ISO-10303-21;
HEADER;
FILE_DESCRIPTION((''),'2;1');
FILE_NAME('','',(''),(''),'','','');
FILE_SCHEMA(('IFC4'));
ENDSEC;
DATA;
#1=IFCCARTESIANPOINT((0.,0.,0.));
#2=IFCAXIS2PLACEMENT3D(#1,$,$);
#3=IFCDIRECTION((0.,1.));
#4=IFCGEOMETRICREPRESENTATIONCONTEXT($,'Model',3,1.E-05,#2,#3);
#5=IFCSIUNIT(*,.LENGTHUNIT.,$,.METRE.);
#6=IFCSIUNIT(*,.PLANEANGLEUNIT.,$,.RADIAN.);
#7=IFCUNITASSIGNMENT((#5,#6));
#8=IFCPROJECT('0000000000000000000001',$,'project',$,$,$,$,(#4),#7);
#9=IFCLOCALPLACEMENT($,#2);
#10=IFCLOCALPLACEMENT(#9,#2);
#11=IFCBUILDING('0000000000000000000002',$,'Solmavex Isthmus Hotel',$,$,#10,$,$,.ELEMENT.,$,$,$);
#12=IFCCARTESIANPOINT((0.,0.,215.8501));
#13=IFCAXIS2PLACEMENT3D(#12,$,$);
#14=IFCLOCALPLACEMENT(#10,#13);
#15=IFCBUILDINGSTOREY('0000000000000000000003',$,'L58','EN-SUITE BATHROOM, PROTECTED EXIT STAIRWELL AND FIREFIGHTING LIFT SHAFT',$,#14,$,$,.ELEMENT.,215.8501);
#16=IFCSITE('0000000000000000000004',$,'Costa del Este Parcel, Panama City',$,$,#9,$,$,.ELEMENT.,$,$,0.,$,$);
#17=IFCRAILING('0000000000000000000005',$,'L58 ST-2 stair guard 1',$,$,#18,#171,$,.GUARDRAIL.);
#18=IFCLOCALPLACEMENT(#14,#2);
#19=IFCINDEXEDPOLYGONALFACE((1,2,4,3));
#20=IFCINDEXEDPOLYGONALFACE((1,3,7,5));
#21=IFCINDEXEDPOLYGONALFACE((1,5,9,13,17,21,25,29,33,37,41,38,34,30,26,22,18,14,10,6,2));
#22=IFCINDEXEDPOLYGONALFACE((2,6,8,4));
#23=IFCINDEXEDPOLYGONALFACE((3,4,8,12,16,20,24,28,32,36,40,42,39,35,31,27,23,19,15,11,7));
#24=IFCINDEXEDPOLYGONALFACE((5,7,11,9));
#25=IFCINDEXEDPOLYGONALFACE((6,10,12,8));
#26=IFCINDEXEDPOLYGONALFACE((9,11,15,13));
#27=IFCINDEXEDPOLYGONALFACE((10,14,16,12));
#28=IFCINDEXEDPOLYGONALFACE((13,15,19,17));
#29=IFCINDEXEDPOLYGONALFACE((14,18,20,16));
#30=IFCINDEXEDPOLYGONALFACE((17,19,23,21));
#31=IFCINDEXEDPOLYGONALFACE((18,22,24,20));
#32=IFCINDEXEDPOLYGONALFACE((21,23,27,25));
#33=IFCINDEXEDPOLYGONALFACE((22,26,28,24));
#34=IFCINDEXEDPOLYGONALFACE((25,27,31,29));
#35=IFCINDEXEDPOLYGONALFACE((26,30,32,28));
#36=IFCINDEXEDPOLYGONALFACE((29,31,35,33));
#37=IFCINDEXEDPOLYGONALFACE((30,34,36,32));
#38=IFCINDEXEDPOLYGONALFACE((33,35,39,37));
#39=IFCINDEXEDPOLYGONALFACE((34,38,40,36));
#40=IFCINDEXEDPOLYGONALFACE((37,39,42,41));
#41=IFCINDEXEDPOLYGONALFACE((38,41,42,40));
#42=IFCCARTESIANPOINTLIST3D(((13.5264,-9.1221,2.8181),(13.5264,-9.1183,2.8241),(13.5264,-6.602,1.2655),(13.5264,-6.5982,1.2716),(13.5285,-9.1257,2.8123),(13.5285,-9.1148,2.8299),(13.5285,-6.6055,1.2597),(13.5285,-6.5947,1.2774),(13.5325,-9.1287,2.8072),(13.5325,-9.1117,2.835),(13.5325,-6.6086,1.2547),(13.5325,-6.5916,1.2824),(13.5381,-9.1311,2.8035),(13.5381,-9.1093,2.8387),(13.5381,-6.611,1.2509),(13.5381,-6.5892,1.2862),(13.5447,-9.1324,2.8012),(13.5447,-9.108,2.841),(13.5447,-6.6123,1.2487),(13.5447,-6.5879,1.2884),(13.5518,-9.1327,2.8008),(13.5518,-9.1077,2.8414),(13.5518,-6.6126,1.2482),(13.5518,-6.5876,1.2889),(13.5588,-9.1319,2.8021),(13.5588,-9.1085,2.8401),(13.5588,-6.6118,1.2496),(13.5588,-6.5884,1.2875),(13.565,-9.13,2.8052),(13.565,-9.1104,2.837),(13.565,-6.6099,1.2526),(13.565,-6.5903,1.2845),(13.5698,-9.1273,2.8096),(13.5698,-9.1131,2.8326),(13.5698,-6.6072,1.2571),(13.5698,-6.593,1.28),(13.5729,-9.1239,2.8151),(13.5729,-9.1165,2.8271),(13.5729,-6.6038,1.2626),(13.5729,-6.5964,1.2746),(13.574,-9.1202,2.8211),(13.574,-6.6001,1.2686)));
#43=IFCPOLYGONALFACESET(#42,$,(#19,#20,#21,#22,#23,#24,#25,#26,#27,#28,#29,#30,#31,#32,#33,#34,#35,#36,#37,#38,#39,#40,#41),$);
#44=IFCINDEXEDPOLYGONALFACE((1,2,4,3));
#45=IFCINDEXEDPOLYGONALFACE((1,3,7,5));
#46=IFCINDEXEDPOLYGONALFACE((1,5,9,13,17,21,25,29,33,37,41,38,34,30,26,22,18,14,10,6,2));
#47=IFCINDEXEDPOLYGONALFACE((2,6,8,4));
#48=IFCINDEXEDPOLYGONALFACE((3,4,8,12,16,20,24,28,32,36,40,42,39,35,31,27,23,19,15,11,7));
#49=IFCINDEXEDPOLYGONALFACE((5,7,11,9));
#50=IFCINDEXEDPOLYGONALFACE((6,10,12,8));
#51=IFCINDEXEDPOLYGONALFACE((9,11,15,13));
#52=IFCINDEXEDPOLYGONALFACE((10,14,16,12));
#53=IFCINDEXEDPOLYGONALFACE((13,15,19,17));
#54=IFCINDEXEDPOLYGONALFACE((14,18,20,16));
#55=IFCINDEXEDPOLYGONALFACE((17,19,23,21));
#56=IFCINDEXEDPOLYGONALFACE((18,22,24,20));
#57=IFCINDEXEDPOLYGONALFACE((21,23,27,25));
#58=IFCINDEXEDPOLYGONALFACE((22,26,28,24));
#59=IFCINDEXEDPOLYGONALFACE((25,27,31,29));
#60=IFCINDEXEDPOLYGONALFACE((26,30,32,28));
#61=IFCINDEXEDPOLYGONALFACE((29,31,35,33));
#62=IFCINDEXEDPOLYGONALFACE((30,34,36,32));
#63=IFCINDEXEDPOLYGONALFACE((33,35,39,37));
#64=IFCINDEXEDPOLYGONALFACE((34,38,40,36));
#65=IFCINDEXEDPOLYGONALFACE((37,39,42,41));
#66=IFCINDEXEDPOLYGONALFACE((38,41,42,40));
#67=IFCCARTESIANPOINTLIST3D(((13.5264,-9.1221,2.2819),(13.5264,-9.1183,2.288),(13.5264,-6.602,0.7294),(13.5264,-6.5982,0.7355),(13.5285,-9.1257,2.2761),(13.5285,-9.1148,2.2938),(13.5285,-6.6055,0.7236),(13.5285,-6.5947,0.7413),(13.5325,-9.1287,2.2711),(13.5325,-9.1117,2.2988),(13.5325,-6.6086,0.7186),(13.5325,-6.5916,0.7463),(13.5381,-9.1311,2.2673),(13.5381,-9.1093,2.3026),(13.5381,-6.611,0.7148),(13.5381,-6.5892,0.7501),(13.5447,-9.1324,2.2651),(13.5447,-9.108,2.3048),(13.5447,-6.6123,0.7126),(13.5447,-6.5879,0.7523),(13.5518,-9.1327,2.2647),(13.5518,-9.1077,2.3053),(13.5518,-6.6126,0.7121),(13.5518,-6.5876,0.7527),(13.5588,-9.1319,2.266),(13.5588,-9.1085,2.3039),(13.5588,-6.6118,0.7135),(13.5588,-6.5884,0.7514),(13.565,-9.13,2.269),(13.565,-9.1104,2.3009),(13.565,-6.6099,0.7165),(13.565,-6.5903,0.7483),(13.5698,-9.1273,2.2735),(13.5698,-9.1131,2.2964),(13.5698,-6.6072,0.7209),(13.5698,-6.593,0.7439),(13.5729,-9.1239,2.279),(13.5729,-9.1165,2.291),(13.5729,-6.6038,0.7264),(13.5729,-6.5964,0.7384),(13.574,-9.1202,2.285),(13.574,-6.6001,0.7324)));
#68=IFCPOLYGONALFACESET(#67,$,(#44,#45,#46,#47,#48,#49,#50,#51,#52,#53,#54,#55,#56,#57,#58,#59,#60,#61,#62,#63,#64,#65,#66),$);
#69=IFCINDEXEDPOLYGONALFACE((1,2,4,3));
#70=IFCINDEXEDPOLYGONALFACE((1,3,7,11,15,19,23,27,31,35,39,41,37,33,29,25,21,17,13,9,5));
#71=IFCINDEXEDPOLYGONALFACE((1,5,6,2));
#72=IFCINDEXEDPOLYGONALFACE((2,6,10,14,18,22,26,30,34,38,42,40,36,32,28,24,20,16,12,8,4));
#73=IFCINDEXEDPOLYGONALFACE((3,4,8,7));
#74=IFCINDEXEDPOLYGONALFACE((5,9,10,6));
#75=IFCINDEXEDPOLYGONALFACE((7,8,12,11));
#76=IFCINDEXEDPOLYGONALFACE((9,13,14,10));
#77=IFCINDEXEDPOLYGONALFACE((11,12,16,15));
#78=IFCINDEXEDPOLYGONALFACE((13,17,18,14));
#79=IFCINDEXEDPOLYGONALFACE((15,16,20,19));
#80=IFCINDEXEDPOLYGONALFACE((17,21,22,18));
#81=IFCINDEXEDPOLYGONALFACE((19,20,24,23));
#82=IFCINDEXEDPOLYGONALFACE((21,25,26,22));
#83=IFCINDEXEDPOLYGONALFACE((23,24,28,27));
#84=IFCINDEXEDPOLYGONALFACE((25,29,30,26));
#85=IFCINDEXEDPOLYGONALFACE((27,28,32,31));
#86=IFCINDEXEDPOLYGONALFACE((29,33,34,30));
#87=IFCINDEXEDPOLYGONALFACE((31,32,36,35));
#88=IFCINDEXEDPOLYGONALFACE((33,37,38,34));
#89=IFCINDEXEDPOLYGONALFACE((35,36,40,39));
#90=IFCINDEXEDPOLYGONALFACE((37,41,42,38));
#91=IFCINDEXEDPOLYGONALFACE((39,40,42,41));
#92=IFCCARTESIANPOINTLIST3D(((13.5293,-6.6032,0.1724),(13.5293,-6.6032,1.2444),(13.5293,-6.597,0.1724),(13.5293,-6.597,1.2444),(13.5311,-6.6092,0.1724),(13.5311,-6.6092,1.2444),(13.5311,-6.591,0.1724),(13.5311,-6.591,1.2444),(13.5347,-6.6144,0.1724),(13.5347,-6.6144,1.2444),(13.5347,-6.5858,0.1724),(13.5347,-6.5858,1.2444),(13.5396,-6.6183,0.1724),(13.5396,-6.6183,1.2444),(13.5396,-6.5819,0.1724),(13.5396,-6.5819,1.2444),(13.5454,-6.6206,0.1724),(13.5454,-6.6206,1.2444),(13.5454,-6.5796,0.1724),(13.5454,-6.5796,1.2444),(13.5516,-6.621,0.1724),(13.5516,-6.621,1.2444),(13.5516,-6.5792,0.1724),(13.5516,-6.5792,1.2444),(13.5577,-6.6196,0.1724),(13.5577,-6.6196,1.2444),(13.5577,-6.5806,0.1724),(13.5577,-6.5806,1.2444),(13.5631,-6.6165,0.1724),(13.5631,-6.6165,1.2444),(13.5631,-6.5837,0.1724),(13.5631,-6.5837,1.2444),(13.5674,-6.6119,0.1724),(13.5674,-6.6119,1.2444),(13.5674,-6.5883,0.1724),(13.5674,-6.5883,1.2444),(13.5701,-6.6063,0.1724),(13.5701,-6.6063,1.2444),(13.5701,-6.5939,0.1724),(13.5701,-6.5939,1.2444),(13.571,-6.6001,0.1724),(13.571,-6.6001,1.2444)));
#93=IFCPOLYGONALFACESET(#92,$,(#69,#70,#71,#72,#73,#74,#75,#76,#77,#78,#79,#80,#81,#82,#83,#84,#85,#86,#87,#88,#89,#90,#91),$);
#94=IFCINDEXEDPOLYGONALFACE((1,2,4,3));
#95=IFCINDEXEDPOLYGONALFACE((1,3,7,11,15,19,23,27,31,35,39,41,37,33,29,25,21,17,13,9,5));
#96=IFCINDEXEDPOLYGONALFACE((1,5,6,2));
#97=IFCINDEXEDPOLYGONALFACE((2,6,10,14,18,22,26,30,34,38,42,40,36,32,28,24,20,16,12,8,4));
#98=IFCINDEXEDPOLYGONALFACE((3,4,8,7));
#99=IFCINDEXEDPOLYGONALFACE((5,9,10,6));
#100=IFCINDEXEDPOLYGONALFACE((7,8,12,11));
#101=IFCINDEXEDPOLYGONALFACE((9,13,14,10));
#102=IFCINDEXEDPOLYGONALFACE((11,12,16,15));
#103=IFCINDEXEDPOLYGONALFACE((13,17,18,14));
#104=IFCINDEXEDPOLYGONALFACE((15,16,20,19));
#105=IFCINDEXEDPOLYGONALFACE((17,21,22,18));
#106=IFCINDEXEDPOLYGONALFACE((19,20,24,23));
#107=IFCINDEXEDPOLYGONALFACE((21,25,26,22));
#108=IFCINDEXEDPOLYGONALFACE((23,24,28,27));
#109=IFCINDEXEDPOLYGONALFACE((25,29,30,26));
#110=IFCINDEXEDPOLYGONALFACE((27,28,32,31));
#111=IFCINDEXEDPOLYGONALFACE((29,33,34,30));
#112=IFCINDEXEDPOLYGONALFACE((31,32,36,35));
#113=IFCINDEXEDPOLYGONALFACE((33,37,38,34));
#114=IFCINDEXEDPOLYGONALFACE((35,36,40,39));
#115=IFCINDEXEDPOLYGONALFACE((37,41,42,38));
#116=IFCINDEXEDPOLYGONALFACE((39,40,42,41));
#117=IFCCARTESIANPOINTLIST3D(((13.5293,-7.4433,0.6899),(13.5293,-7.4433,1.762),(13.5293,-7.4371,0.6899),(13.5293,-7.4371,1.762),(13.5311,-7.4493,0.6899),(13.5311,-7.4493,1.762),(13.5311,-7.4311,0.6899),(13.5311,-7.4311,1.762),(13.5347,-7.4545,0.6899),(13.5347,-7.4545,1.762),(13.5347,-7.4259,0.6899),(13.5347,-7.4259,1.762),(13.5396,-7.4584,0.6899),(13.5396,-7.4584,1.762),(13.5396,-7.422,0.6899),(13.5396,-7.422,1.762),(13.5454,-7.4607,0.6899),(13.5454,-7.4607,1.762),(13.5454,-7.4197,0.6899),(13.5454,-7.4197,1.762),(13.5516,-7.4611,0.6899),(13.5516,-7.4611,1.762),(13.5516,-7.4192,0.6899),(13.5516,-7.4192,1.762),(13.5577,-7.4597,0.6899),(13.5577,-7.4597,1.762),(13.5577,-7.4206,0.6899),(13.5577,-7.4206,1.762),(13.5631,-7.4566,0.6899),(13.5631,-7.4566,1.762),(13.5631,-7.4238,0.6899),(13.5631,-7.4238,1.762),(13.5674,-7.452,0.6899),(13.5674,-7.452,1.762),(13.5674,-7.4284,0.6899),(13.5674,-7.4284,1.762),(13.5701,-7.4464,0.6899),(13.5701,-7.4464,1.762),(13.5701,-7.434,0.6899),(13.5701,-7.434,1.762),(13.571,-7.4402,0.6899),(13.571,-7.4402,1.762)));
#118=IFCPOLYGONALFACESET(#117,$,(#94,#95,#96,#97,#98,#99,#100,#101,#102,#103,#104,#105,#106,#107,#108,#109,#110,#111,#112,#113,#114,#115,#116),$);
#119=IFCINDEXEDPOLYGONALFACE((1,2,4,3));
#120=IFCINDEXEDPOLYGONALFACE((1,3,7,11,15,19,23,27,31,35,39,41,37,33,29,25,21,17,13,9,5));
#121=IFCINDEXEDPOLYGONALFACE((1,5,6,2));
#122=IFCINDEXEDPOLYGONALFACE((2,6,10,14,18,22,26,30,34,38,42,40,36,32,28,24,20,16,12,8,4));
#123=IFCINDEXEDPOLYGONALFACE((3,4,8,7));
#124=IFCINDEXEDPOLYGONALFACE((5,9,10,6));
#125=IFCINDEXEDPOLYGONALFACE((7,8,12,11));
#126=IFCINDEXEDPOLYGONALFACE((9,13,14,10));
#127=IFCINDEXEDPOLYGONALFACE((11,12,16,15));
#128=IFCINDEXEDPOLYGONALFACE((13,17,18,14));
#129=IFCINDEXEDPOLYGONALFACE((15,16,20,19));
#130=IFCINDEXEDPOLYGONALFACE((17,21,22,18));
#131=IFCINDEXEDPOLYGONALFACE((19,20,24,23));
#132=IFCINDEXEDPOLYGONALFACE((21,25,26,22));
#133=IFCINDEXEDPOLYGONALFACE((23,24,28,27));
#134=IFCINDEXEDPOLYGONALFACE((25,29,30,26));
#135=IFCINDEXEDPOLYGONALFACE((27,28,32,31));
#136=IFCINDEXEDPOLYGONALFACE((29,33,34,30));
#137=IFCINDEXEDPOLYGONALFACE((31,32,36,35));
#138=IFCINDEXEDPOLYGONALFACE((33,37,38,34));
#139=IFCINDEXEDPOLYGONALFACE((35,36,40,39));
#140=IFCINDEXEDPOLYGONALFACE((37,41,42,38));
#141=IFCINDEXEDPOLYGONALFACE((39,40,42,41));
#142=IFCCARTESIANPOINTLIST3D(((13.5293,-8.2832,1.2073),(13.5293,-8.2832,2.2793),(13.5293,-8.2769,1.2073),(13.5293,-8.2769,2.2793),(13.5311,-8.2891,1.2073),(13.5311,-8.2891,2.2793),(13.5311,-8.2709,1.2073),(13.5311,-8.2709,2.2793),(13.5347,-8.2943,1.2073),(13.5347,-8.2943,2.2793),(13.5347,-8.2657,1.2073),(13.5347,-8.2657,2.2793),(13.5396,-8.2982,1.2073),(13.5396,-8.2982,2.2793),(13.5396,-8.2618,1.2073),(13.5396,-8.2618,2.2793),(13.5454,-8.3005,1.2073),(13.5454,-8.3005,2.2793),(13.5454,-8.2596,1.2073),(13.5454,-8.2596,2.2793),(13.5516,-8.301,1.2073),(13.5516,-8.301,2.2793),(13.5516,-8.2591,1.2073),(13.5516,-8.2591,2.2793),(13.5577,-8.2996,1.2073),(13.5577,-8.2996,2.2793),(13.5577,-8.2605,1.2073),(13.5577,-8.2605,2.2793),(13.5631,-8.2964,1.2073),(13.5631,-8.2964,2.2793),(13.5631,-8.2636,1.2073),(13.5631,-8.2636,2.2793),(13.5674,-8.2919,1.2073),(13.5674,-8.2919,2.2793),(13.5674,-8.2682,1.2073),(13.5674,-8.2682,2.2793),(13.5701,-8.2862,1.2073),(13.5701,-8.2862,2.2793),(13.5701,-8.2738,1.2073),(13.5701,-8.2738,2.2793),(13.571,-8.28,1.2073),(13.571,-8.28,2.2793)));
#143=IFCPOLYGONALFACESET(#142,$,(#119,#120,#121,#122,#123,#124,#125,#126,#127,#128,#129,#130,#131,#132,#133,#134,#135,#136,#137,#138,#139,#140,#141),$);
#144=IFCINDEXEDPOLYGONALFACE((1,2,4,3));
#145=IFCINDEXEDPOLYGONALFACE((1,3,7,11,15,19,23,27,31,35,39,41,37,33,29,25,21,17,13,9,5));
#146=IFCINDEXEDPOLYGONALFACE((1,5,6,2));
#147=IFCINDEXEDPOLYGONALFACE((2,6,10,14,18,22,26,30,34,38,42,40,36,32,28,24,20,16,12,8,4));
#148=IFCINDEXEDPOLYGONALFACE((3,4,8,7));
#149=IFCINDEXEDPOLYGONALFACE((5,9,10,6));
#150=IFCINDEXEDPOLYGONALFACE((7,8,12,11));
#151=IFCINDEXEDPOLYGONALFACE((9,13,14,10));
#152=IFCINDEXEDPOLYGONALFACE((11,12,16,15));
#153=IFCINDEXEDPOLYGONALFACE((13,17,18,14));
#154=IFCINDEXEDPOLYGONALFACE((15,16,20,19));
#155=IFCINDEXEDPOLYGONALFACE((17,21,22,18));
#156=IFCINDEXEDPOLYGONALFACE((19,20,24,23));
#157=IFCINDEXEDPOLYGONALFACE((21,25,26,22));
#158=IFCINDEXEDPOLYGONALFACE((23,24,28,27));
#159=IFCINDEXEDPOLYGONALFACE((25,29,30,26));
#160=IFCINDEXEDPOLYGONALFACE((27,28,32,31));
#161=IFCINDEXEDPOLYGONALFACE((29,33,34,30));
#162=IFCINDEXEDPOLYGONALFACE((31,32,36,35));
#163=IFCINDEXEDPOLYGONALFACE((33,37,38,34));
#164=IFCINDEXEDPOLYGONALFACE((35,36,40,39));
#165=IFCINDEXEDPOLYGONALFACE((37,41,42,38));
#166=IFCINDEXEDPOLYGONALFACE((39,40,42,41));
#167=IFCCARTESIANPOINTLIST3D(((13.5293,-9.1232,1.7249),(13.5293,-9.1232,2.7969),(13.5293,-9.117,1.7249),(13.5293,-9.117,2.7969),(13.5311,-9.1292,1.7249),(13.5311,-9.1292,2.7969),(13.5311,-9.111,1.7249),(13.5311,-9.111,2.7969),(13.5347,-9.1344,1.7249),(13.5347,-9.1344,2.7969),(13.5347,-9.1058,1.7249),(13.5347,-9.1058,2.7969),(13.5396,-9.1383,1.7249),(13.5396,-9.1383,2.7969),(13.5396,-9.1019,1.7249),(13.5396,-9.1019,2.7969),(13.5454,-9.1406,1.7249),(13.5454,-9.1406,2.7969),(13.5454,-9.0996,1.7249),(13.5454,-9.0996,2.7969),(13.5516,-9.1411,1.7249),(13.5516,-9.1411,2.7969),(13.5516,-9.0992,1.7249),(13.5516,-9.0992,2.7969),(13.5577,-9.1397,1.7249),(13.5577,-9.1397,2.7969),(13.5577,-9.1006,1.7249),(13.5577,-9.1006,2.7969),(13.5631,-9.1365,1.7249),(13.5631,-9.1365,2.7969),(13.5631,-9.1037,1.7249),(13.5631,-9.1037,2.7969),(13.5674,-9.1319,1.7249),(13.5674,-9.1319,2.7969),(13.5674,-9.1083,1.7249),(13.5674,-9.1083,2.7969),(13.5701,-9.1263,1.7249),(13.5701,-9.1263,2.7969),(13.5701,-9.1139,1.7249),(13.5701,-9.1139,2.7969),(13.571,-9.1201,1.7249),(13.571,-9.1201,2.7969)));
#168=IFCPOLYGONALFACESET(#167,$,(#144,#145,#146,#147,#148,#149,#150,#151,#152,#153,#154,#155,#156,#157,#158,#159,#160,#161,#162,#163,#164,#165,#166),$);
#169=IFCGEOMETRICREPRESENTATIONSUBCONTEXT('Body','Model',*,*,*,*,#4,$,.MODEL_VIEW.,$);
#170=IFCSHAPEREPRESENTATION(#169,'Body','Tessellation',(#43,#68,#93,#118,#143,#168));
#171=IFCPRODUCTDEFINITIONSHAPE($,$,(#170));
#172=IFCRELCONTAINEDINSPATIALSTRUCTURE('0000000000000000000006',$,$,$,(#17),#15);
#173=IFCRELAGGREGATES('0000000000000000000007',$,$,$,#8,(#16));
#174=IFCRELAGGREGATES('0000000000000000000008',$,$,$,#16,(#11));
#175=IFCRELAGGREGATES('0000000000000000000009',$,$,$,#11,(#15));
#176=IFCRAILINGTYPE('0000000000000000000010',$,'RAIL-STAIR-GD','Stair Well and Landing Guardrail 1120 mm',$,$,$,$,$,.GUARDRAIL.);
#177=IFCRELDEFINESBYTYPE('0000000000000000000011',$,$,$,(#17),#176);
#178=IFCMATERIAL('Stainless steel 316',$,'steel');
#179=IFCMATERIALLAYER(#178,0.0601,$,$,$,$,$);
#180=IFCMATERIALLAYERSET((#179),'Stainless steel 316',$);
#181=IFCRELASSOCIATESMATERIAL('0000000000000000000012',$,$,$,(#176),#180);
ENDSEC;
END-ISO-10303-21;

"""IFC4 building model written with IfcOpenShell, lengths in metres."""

from ifc_helpers import new_model, si_unit, direction, frame, origin, origin_2d, place, context, subcontext, project, spatial, circle, extrude, material, layer, layer_set, type_object, element, save


model = new_model("IFC4")

# Units and contexts
model_context = context("Model", 3, precision=1e-05, world=origin(), true_north=direction((0.0, 1.0)))
body_context = subcontext(model_context, "Body", "Model", "MODEL_VIEW")
ifc_project = project(units=[si_unit("LENGTHUNIT", "METRE"), si_unit("PLANEANGLEUNIT", "RADIAN")], contexts=[model_context])

# Site, building, storey
site_placement = place(None, origin())
site = spatial("IfcSite", under=ifc_project, at=site_placement, Name="Costa del Este Parcel, Panama City", CompositionType="ELEMENT", RefElevation=0.0)
building_placement = place(site_placement, origin())
building = spatial("IfcBuilding", under=site, at=building_placement, Name="Solmavex Isthmus Hotel", CompositionType="ELEMENT")
storey_placement = place(building_placement, frame((0.0, 0.0, 215.8501)))
storey = spatial("IfcBuildingStorey", under=building, at=storey_placement, Name="L58", Description="EN-SUITE BATHROOM, PROTECTED EXIT STAIRWELL AND FIREFIGHTING LIFT SHAFT", CompositionType="ELEMENT", Elevation=215.8501)

# Shared definitions
ifc_material_1 = material(Name="Stainless steel 316", Category="steel")

# Railing
ifc_layer_1 = layer(ifc_material_1, 0.0601)
ifc_layer_set_1 = layer_set([ifc_layer_1], Name="Stainless steel 316")
railing_type_1 = type_object("IfcRailingType", Name="RAIL-STAIR-GD", Description="Stair Well and Landing Guardrail 1120 mm", PredefinedType="GUARDRAIL", material=ifc_layer_set_1)
railing_1_placement = place(storey_placement, frame((13.55, -6.6001, 0.1724)))
element("IfcRailing", 1, at=railing_1_placement, inside=storey, type_object=railing_type_1, Name="L58 ST-2 stair guard 1", PredefinedType="GUARDRAIL", context=body_context, shape_type="SweptSolid", body=[
    extrude(circle(Radius=0.0239, at=origin_2d()), frame((0.0, 0.0, 1.0962), z_axis=(0.0, -0.8514, 0.524516), x_axis=(1.0, 0.0, 0.0)), (0.0, 0.0, 1.0), 2.96),
    extrude(circle(Radius=0.0239, at=origin_2d()), frame((0.0, 0.0, 0.5601), z_axis=(0.0, -0.8514, 0.524516), x_axis=(1.0, 0.0, 0.0)), (0.0, 0.0, 1.0), 2.96),
    extrude(circle(Radius=0.021, at=origin_2d()), origin(), (0.0, 0.0, 1.0), 1.072),
    extrude(circle(Radius=0.021, at=origin_2d()), frame((0.0, -0.8401, 0.5176)), (0.0, 0.0, 1.0), 1.072),
    extrude(circle(Radius=0.021, at=origin_2d()), frame((0.0, -1.6799, 1.0349)), (0.0, 0.0, 1.0), 1.072),
    extrude(circle(Radius=0.021, at=origin_2d()), frame((0.0, -2.52, 1.5525)), (0.0, 0.0, 1.0), 1.072),
])

save(model, "model.ifc")
